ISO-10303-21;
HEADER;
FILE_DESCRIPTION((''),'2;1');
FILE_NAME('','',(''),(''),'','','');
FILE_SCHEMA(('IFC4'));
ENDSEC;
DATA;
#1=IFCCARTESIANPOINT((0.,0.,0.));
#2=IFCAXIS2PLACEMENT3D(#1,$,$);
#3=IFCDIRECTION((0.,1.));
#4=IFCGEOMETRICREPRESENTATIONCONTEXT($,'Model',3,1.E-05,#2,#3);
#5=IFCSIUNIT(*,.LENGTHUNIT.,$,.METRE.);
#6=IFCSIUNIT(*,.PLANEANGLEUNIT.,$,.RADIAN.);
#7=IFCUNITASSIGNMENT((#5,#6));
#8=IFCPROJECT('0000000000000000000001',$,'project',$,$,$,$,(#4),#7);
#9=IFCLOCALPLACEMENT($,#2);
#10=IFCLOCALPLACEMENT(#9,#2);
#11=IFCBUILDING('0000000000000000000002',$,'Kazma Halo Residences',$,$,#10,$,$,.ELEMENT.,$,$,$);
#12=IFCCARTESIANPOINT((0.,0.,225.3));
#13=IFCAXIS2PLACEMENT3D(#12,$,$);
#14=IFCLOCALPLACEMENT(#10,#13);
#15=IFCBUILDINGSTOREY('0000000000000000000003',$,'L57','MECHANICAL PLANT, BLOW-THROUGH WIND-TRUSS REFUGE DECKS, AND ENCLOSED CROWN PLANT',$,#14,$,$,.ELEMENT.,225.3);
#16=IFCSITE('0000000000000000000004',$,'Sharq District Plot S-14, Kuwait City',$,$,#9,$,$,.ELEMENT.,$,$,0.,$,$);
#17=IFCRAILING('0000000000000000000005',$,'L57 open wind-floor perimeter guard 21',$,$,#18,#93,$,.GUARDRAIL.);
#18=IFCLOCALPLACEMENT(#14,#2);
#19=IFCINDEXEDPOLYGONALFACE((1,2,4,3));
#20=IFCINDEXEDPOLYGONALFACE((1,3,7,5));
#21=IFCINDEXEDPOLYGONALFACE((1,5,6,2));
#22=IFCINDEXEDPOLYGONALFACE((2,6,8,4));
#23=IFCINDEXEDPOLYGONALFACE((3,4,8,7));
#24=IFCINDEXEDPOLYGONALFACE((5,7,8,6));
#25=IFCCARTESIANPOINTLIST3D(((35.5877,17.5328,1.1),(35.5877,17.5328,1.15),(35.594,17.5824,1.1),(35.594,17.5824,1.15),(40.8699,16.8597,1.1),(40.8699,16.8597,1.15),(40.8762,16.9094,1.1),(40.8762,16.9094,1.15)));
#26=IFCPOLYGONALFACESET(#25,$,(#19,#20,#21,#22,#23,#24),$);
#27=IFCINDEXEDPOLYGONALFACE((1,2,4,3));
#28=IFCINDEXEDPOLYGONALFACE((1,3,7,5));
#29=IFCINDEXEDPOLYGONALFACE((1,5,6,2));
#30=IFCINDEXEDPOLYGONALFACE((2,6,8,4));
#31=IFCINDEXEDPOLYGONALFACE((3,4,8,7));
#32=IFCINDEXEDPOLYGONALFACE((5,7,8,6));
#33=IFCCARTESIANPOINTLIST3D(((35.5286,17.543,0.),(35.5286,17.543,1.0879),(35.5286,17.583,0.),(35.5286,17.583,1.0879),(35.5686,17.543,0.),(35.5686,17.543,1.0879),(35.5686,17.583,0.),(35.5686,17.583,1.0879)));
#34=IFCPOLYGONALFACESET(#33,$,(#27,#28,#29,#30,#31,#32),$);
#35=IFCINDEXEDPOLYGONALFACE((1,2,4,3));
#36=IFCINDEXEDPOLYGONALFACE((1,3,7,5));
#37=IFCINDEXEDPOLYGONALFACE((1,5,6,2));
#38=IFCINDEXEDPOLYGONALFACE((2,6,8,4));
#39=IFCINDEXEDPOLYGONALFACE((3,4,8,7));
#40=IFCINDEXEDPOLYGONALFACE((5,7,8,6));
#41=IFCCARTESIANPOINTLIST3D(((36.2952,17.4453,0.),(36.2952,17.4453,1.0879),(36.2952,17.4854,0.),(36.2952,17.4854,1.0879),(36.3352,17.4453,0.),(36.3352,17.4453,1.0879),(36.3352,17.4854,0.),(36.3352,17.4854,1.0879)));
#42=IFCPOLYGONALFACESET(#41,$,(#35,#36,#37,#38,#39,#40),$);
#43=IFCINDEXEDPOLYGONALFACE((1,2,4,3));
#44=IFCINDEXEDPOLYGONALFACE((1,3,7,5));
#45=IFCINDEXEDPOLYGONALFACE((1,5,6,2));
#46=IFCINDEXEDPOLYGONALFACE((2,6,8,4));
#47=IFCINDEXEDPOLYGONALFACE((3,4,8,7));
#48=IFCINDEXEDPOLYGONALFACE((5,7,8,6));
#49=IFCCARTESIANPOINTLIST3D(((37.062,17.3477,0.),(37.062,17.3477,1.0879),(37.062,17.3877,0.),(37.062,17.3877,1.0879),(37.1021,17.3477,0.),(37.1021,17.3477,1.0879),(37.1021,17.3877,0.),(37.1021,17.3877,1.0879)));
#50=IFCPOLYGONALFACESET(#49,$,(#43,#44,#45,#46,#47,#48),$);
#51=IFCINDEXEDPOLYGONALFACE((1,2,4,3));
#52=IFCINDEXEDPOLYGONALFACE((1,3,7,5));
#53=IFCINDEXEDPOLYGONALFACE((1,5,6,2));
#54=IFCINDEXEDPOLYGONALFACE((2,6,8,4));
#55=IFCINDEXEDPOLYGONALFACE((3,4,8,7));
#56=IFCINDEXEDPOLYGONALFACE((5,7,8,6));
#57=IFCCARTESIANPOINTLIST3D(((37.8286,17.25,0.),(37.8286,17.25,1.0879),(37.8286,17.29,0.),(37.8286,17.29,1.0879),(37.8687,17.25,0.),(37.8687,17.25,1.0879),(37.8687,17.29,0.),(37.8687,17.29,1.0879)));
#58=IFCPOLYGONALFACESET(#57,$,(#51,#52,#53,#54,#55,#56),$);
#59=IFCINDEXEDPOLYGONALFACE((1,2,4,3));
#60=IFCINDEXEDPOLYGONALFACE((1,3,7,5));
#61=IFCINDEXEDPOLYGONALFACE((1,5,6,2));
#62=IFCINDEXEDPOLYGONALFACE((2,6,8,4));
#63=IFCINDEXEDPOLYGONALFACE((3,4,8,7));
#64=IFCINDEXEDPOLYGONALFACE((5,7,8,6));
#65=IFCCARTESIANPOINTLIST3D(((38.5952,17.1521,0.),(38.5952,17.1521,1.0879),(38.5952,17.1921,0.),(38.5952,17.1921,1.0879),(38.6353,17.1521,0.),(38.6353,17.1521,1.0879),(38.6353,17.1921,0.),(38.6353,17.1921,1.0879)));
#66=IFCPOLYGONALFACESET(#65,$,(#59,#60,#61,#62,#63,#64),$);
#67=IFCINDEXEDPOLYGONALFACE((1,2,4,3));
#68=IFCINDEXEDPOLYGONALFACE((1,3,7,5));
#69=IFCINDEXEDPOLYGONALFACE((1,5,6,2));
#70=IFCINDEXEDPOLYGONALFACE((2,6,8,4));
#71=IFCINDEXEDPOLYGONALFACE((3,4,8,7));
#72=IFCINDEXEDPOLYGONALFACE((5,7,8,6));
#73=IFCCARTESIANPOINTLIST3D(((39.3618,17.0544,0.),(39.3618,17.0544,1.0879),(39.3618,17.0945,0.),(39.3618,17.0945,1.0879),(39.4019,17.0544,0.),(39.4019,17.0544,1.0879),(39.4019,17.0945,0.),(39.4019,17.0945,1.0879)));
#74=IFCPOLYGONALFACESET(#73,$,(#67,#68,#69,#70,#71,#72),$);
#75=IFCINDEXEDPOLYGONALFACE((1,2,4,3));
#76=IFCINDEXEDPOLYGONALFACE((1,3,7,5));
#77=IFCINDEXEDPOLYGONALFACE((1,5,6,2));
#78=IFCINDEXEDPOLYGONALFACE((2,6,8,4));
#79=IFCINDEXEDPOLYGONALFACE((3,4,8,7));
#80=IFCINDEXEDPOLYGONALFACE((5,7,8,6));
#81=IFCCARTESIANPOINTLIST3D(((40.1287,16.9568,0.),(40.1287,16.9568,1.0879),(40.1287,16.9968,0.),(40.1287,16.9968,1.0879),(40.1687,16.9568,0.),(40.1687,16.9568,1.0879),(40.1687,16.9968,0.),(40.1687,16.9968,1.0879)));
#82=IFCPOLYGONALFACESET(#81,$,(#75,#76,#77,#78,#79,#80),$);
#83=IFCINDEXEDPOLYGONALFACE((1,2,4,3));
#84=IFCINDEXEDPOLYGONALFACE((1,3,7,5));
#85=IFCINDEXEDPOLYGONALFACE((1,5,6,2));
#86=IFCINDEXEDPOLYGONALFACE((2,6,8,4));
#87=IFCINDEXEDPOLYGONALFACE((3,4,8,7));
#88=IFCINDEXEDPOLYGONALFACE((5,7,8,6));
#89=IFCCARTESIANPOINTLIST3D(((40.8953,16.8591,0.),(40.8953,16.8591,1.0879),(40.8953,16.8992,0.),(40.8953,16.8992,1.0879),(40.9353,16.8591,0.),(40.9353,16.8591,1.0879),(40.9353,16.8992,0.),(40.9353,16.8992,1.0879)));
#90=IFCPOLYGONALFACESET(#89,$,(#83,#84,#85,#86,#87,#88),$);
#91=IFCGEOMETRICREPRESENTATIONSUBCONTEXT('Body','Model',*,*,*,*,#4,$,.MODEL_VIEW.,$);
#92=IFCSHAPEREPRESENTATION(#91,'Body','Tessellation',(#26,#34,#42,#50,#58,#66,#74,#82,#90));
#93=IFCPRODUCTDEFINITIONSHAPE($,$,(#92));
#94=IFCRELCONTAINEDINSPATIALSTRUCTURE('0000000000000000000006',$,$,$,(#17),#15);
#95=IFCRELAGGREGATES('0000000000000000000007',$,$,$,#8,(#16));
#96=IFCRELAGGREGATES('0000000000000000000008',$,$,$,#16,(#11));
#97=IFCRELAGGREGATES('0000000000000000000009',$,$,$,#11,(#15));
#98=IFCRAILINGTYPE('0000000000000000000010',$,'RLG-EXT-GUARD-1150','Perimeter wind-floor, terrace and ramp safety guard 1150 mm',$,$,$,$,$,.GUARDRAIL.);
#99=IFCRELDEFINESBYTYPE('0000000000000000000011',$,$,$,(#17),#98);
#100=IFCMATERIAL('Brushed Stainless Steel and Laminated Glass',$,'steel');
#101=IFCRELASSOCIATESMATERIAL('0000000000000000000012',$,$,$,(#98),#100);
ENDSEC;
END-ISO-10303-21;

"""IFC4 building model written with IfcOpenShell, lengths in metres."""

from ifc_helpers import new_model, si_unit, direction, frame, origin, origin_2d, place, context, subcontext, project, spatial, rectangle, extrude, material, type_object, element, save


model = new_model("IFC4")

# Units and contexts
model_context = context("Model", 3, precision=1e-05, world=origin(), true_north=direction((0.0, 1.0)))
body_context = subcontext(model_context, "Body", "Model", "MODEL_VIEW")
ifc_project = project(units=[si_unit("LENGTHUNIT", "METRE"), si_unit("PLANEANGLEUNIT", "RADIAN")], contexts=[model_context])

# Site, building, storey
site_placement = place(None, origin())
site = spatial("IfcSite", under=ifc_project, at=site_placement, Name="Sharq District Plot S-14, Kuwait City", CompositionType="ELEMENT", RefElevation=0.0)
building_placement = place(site_placement, origin())
building = spatial("IfcBuilding", under=site, at=building_placement, Name="Kazma Halo Residences", CompositionType="ELEMENT")
storey_placement = place(building_placement, frame((0.0, 0.0, 225.3)))
storey = spatial("IfcBuildingStorey", under=building, at=storey_placement, Name="L57", Description="MECHANICAL PLANT, BLOW-THROUGH WIND-TRUSS REFUGE DECKS, AND ENCLOSED CROWN PLANT", CompositionType="ELEMENT", Elevation=225.3)

# Railing
ifc_material_1 = material(Name="Brushed Stainless Steel and Laminated Glass", Category="steel")
railing_type = type_object("IfcRailingType", Name="RLG-EXT-GUARD-1150", Description="Perimeter wind-floor, terrace and ramp safety guard 1150 mm", PredefinedType="GUARDRAIL", material=ifc_material_1)
railing_1_placement = place(storey_placement, frame((35.5486, 17.563, 0.0)))
element("IfcRailing", 1, at=railing_1_placement, inside=storey, type_object=railing_type, Name="L57 open wind-floor perimeter guard 21", PredefinedType="GUARDRAIL", context=body_context, shape_type="SweptSolid", body=[
    extrude(rectangle(XDim=0.05, YDim=0.05, at=origin_2d()), frame((0.0422, -0.0054, 1.125), z_axis=(0.991979, -0.1264, 0.0), x_axis=(0.1264, 0.991979, 0.0)), (0.0, 0.0, 1.0), 5.325),
    extrude(rectangle(XDim=0.04, YDim=0.04, at=origin_2d()), origin(), (0.0, 0.0, 1.0), 1.0879),
    extrude(rectangle(XDim=0.04, YDim=0.04, at=origin_2d()), frame((0.7666, -0.0977, 0.0)), (0.0, 0.0, 1.0), 1.0879),
    extrude(rectangle(XDim=0.04, YDim=0.04, at=origin_2d()), frame((1.5334, -0.1953, 0.0)), (0.0, 0.0, 1.0), 1.0879),
    extrude(rectangle(XDim=0.04, YDim=0.04, at=origin_2d()), frame((2.3, -0.293, 0.0)), (0.0, 0.0, 1.0), 1.0879),
    extrude(rectangle(XDim=0.04, YDim=0.04, at=origin_2d()), frame((3.0667, -0.3909, 0.0)), (0.0, 0.0, 1.0), 1.0879),
    extrude(rectangle(XDim=0.04, YDim=0.04, at=origin_2d()), frame((3.8333, -0.4885, 0.0)), (0.0, 0.0, 1.0), 1.0879),
    extrude(rectangle(XDim=0.04, YDim=0.04, at=origin_2d()), frame((4.6001, -0.5862, 0.0)), (0.0, 0.0, 1.0), 1.0879),
    extrude(rectangle(XDim=0.04, YDim=0.04, at=origin_2d()), frame((5.3667, -0.6838, 0.0)), (0.0, 0.0, 1.0), 1.0879),
])

save(model, "model.ifc")
